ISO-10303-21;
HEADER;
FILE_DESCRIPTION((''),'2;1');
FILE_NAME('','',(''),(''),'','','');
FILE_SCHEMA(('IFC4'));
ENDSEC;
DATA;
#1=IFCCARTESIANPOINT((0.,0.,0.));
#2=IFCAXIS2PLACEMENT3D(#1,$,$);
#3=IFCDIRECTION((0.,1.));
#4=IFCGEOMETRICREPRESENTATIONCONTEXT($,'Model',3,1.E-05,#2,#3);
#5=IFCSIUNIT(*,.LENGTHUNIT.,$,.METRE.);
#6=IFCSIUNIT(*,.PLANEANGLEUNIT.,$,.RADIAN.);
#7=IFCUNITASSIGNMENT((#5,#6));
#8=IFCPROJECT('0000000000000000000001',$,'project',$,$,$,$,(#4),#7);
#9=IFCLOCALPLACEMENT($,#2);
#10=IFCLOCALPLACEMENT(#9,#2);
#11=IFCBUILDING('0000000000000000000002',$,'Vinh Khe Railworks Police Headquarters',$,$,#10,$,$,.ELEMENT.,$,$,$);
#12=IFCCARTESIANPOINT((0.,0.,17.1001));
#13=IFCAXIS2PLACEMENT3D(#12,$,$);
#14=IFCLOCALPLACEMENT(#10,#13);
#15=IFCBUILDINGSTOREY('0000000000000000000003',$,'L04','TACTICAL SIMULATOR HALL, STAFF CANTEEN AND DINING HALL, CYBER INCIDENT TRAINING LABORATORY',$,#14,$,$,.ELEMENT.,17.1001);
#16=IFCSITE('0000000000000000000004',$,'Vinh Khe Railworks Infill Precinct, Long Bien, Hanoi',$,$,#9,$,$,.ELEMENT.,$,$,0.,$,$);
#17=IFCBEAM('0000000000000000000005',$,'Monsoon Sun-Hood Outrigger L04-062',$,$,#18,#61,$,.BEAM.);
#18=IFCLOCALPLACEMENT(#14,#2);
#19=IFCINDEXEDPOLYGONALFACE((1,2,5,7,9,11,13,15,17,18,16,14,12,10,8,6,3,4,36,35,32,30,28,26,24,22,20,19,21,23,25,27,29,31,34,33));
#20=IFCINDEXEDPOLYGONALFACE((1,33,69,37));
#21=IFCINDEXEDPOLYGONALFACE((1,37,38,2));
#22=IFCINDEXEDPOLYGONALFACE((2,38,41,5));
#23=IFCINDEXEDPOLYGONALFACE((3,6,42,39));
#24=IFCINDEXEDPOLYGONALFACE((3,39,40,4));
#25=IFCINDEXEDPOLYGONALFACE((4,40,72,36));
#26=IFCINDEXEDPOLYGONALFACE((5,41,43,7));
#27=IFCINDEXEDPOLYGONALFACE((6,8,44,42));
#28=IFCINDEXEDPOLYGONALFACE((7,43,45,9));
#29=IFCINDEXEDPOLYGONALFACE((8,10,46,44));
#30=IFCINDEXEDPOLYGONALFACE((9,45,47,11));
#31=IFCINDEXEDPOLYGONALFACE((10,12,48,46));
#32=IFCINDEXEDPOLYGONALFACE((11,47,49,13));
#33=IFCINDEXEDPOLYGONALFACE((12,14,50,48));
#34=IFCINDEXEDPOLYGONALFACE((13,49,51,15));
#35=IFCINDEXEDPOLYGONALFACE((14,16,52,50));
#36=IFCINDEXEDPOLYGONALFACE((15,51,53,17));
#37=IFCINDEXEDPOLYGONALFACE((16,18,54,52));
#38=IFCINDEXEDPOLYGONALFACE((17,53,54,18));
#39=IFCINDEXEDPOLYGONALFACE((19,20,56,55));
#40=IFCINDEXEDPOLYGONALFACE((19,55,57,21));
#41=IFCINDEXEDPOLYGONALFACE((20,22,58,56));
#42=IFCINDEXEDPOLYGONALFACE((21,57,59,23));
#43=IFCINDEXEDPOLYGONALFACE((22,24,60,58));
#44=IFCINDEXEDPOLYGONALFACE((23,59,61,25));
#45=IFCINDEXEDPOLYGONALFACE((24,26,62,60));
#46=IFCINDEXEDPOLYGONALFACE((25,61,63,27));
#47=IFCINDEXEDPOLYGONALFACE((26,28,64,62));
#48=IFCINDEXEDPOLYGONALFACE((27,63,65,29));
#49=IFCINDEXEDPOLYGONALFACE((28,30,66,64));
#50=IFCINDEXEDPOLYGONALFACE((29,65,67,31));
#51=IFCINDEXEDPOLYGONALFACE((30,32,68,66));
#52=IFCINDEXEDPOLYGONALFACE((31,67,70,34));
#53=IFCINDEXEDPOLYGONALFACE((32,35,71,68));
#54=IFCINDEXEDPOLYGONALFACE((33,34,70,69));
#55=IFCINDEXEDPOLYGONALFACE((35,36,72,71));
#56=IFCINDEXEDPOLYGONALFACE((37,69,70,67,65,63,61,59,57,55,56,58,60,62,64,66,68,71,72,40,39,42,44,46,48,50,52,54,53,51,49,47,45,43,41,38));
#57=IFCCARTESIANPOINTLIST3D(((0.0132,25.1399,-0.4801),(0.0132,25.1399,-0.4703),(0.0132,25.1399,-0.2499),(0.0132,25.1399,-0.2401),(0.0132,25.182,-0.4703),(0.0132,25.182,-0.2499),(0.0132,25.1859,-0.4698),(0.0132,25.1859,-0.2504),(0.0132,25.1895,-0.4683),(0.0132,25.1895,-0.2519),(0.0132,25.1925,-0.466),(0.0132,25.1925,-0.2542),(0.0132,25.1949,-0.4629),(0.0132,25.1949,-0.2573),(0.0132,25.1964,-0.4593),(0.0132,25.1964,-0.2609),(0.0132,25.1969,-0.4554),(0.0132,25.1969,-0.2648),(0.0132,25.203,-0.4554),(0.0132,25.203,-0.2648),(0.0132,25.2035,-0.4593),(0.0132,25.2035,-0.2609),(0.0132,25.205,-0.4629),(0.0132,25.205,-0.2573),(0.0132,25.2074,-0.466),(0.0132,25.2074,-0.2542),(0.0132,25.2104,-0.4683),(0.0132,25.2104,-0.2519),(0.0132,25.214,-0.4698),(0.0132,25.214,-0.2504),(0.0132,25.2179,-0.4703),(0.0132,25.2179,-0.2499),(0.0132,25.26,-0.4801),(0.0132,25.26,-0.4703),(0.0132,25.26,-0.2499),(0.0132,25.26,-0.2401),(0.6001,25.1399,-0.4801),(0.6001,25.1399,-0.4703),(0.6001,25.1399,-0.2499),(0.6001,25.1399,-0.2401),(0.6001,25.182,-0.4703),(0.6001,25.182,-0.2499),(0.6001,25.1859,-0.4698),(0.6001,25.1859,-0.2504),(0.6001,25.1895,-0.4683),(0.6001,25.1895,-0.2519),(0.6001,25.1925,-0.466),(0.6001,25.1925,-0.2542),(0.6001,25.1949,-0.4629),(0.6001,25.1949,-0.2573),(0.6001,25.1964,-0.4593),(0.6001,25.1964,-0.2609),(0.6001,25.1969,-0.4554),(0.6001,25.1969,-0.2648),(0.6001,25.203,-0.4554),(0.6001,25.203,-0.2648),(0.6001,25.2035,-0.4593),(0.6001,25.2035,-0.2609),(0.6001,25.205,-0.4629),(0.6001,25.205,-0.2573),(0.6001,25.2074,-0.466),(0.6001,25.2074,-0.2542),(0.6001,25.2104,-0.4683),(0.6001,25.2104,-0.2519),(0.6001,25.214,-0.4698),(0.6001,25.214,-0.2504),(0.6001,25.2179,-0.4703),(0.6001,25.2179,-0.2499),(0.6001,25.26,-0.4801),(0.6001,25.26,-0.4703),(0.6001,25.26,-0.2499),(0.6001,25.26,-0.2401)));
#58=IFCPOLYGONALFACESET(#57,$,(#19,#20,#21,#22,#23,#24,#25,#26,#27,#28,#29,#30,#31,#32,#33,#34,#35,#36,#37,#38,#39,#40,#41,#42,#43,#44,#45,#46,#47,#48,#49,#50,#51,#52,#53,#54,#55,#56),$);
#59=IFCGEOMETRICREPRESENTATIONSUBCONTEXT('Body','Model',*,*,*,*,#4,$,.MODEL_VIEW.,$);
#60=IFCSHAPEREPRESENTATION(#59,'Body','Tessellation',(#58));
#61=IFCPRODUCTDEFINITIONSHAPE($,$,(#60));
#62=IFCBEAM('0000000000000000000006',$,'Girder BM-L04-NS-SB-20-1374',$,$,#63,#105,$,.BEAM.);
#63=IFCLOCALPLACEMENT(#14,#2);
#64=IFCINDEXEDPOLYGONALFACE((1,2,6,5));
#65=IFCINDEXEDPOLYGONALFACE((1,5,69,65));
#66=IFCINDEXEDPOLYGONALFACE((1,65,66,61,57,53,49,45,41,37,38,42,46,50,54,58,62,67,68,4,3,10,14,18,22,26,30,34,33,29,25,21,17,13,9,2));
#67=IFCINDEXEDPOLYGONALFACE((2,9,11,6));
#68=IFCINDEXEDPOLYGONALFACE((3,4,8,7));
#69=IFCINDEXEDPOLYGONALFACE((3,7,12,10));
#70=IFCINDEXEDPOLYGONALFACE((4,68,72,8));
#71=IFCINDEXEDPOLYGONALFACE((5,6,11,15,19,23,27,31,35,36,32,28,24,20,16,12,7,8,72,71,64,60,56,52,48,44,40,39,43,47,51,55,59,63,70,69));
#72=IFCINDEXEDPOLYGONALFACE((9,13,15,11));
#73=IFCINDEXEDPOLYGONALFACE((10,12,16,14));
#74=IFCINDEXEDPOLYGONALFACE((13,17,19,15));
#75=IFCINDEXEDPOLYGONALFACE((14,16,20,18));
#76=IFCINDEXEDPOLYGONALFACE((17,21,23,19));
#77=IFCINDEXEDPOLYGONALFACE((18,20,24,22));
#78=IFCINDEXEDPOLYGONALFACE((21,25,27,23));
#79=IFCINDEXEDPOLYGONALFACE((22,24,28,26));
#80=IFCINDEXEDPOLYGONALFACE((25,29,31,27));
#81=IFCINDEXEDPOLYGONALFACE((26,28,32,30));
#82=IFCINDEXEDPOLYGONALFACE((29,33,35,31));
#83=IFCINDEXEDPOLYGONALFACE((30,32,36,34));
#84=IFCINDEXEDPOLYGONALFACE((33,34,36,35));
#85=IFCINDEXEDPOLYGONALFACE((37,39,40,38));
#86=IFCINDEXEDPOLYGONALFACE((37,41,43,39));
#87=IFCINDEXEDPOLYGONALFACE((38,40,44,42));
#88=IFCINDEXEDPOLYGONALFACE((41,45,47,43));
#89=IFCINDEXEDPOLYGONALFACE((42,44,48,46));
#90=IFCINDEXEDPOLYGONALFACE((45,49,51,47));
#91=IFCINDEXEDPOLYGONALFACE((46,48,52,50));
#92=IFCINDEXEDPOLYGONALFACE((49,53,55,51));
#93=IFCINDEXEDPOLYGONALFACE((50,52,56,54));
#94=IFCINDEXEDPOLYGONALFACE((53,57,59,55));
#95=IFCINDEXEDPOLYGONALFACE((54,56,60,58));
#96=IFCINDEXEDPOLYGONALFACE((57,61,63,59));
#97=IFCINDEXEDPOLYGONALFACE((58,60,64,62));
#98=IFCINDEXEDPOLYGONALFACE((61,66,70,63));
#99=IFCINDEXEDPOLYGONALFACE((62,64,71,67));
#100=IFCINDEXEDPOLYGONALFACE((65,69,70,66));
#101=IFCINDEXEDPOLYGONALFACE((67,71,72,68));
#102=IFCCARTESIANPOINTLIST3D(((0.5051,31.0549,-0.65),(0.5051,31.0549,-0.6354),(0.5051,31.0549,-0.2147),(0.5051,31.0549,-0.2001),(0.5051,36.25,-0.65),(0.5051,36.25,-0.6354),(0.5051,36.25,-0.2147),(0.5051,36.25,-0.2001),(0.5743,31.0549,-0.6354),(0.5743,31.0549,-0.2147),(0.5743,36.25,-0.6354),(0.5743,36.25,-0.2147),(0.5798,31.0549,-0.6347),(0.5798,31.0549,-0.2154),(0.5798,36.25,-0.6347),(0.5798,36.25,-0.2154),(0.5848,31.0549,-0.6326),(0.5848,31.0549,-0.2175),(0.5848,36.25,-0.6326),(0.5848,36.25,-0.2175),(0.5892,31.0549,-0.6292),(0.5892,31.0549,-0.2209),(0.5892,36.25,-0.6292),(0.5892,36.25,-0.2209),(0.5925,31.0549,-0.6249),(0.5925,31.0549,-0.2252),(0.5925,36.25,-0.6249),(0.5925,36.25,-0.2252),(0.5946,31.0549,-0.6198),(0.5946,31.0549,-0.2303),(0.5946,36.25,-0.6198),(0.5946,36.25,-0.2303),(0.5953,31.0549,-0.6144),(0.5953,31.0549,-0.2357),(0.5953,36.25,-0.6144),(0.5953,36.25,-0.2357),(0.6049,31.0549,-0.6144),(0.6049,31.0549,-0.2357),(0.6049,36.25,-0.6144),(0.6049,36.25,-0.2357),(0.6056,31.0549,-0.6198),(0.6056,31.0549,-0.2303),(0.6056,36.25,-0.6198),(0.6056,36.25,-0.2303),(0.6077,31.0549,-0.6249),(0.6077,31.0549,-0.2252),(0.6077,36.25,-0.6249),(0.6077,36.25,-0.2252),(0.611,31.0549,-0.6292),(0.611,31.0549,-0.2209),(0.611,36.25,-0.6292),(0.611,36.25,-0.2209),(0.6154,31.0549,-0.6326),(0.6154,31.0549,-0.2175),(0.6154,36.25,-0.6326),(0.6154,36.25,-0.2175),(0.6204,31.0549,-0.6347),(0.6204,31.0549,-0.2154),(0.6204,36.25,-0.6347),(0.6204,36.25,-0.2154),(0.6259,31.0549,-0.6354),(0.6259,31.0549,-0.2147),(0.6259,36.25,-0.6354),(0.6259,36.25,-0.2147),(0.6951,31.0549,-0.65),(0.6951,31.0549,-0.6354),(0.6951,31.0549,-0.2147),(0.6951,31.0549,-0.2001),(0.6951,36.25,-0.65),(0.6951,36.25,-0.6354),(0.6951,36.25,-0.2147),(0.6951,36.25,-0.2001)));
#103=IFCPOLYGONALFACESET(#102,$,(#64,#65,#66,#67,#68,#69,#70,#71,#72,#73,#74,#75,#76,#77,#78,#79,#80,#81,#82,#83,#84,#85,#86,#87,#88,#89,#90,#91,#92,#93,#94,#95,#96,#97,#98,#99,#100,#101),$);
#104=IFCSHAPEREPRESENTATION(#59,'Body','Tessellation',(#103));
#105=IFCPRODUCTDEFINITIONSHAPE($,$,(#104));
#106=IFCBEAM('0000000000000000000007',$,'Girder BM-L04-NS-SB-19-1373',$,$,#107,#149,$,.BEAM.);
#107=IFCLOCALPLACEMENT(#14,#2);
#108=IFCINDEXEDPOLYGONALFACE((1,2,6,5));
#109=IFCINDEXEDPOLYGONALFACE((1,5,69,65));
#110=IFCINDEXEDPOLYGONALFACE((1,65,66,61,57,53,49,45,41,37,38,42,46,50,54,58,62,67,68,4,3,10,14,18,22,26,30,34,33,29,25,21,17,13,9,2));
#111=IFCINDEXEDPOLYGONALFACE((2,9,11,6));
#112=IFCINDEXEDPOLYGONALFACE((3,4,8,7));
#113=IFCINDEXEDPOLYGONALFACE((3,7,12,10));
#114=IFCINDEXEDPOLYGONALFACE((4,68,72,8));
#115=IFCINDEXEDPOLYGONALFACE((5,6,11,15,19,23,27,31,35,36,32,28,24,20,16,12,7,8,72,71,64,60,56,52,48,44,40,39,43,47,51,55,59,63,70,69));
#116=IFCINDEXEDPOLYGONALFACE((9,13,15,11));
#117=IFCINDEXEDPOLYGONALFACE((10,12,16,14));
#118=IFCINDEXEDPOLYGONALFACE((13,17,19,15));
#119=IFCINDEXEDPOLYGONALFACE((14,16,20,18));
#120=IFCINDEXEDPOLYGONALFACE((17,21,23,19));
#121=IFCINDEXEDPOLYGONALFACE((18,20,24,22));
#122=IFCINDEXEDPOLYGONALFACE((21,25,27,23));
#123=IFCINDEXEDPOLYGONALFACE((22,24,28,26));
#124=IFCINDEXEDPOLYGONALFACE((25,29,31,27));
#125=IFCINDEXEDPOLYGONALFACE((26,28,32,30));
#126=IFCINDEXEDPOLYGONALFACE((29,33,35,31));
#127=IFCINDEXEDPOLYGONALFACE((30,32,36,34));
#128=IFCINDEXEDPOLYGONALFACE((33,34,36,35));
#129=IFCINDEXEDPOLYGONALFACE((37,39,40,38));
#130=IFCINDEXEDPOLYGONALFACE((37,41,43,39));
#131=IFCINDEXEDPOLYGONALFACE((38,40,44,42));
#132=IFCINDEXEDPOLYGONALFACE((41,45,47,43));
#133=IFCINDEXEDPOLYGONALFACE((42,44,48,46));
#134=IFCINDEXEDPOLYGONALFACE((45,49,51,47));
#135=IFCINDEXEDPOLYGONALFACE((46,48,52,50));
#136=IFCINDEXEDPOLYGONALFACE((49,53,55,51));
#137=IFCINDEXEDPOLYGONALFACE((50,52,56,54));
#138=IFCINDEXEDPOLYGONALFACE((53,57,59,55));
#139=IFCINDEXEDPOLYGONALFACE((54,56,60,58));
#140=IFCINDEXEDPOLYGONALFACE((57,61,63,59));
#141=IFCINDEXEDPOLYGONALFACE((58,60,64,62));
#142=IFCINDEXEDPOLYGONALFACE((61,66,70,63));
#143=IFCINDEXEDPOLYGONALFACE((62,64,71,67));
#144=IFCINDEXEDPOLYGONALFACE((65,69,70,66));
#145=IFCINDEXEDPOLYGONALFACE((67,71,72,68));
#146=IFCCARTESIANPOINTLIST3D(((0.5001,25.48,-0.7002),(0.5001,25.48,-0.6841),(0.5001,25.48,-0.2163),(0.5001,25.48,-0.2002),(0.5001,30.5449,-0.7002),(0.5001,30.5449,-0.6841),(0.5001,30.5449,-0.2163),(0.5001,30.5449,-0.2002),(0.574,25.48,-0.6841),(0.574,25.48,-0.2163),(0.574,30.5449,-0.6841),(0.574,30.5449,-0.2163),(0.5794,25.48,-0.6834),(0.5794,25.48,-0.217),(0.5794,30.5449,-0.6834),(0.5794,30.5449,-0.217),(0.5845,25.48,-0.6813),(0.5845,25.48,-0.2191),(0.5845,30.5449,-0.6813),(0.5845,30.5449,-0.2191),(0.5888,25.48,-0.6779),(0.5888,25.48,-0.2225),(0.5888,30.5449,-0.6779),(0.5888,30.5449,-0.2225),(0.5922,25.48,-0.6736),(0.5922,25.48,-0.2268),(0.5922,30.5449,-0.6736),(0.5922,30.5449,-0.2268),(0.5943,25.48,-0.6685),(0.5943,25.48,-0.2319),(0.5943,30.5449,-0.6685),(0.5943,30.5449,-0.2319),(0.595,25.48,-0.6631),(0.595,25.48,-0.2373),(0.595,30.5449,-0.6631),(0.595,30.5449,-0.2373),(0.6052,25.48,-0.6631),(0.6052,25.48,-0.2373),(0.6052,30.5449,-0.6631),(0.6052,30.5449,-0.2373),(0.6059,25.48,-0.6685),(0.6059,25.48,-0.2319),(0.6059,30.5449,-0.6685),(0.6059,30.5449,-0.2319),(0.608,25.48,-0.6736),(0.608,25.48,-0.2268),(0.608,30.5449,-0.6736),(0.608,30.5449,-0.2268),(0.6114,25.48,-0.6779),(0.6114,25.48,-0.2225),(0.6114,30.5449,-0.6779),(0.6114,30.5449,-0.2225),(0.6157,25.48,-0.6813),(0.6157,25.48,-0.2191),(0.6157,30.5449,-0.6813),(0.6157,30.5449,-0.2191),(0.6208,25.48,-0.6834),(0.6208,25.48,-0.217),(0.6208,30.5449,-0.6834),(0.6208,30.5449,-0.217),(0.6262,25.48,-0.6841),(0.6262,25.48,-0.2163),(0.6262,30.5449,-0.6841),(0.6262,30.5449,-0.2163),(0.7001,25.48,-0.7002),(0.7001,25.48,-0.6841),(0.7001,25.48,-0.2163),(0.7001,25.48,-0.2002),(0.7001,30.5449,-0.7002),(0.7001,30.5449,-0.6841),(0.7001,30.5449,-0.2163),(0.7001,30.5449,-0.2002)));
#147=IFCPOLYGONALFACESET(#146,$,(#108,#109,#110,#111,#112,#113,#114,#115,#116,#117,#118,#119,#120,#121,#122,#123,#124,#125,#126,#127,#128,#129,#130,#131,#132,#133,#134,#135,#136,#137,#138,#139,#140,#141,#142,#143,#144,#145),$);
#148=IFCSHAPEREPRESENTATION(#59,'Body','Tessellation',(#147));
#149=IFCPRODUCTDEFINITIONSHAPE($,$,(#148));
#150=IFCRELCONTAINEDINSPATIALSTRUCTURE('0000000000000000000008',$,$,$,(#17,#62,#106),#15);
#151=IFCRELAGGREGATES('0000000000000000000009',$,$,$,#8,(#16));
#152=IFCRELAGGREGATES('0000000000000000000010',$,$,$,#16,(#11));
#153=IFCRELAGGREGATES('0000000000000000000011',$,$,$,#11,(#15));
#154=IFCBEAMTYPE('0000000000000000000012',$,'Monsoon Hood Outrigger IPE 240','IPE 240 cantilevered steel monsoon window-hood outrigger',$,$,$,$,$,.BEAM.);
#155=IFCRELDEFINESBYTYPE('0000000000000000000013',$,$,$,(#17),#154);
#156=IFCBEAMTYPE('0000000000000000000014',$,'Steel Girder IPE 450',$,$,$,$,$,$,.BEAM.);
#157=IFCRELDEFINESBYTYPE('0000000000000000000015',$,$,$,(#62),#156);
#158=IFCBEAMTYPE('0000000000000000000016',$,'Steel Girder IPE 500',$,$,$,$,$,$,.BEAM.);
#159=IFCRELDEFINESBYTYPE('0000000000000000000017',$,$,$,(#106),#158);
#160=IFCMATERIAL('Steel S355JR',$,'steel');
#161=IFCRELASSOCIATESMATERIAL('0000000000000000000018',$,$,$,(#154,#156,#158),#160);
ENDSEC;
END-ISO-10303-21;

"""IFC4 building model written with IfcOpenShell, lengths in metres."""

from ifc_helpers import new_model, si_unit, direction, frame, origin, origin_2d, place, context, subcontext, project, spatial, i_section, extrude, material, material_profile, profile_set, type_object, element, save


model = new_model("IFC4")

# Units and contexts
model_context = context("Model", 3, precision=1e-05, world=origin(), true_north=direction((0.0, 1.0)))
body_context = subcontext(model_context, "Body", "Model", "MODEL_VIEW")
ifc_project = project(units=[si_unit("LENGTHUNIT", "METRE"), si_unit("PLANEANGLEUNIT", "RADIAN")], contexts=[model_context])

# Site, building, storey
site_placement = place(None, origin())
site = spatial("IfcSite", under=ifc_project, at=site_placement, Name="Vinh Khe Railworks Infill Precinct, Long Bien, Hanoi", CompositionType="ELEMENT", RefElevation=0.0)
building_placement = place(site_placement, origin())
building = spatial("IfcBuilding", under=site, at=building_placement, Name="Vinh Khe Railworks Police Headquarters", CompositionType="ELEMENT")
storey_placement = place(building_placement, frame((0.0, 0.0, 17.1001)))
storey = spatial("IfcBuildingStorey", under=building, at=storey_placement, Name="L04", Description="TACTICAL SIMULATOR HALL, STAFF CANTEEN AND DINING HALL, CYBER INCIDENT TRAINING LABORATORY", CompositionType="ELEMENT", Elevation=17.1001)

# Shared definitions
ifc_material_1 = material(Name="Steel S355JR", Category="steel")

# Beams
ifc_material_profile_1 = material_profile(ifc_material_1, i_section(OverallWidth=0.1201, OverallDepth=0.24, WebThickness=0.0061, FlangeThickness=0.0098, FilletRadius=0.0149, at=origin_2d()), Name="IPE 240")
ifc_profile_set_1 = profile_set([ifc_material_profile_1], Name="Steel S355JR")
beam_type_1 = type_object("IfcBeamType", Name="Monsoon Hood Outrigger IPE 240", Description="IPE 240 cantilevered steel monsoon window-hood outrigger", PredefinedType="BEAM", material=ifc_profile_set_1)
beam_1_placement = place(storey_placement, frame((0.0132, 25.2, -0.3601), z_axis=(1.0, 0.0, 0.0), x_axis=(0.0, 1.0, 0.0)))
element("IfcBeam", 1, at=beam_1_placement, inside=storey, type_object=beam_type_1, Name="Monsoon Sun-Hood Outrigger L04-062", PredefinedType="BEAM", context=body_context, shape_type="SweptSolid", body=[
    extrude(i_section(OverallWidth=0.1201, OverallDepth=0.24, WebThickness=0.0061, FlangeThickness=0.0098, FilletRadius=0.0149, at=origin_2d()), origin(), (0.0, 0.0, 1.0), 0.5869),
])
ifc_material_profile_2 = material_profile(ifc_material_1, i_section(OverallWidth=0.1899, OverallDepth=0.45, WebThickness=0.0095, FlangeThickness=0.0146, FilletRadius=0.021, at=origin_2d()), Name="IPE 450")
ifc_profile_set_2 = profile_set([ifc_material_profile_2], Name="Steel S355JR")
beam_type_2 = type_object("IfcBeamType", Name="Steel Girder IPE 450", PredefinedType="BEAM", material=ifc_profile_set_2)
beam_2_placement = place(storey_placement, frame((0.6001, 31.0549, -0.425), z_axis=(0.0, 1.0, 0.0), x_axis=(-1.0, 0.0, 0.0)))
element("IfcBeam", 2, at=beam_2_placement, inside=storey, type_object=beam_type_2, Name="Girder BM-L04-NS-SB-20-1374", PredefinedType="BEAM", context=body_context, shape_type="SweptSolid", body=[
    extrude(i_section(OverallWidth=0.1899, OverallDepth=0.45, WebThickness=0.0095, FlangeThickness=0.0146, FilletRadius=0.021, at=origin_2d()), origin(), (0.0, 0.0, 1.0), 5.1951),
])
ifc_material_profile_3 = material_profile(ifc_material_1, i_section(OverallWidth=0.2, OverallDepth=0.5, WebThickness=0.0103, FlangeThickness=0.0161, FilletRadius=0.021, at=origin_2d()), Name="IPE 500")
ifc_profile_set_3 = profile_set([ifc_material_profile_3], Name="Steel S355JR")
beam_type_3 = type_object("IfcBeamType", Name="Steel Girder IPE 500", PredefinedType="BEAM", material=ifc_profile_set_3)
beam_3_placement = place(storey_placement, frame((0.6001, 25.48, -0.4502), z_axis=(0.0, 1.0, 0.0), x_axis=(-1.0, 0.0, 0.0)))
element("IfcBeam", 3, at=beam_3_placement, inside=storey, type_object=beam_type_3, Name="Girder BM-L04-NS-SB-19-1373", PredefinedType="BEAM", context=body_context, shape_type="SweptSolid", body=[
    extrude(i_section(OverallWidth=0.2, OverallDepth=0.5, WebThickness=0.0103, FlangeThickness=0.0161, FilletRadius=0.021, at=origin_2d()), origin(), (0.0, 0.0, 1.0), 5.0649),
])

save(model, "model.ifc")
